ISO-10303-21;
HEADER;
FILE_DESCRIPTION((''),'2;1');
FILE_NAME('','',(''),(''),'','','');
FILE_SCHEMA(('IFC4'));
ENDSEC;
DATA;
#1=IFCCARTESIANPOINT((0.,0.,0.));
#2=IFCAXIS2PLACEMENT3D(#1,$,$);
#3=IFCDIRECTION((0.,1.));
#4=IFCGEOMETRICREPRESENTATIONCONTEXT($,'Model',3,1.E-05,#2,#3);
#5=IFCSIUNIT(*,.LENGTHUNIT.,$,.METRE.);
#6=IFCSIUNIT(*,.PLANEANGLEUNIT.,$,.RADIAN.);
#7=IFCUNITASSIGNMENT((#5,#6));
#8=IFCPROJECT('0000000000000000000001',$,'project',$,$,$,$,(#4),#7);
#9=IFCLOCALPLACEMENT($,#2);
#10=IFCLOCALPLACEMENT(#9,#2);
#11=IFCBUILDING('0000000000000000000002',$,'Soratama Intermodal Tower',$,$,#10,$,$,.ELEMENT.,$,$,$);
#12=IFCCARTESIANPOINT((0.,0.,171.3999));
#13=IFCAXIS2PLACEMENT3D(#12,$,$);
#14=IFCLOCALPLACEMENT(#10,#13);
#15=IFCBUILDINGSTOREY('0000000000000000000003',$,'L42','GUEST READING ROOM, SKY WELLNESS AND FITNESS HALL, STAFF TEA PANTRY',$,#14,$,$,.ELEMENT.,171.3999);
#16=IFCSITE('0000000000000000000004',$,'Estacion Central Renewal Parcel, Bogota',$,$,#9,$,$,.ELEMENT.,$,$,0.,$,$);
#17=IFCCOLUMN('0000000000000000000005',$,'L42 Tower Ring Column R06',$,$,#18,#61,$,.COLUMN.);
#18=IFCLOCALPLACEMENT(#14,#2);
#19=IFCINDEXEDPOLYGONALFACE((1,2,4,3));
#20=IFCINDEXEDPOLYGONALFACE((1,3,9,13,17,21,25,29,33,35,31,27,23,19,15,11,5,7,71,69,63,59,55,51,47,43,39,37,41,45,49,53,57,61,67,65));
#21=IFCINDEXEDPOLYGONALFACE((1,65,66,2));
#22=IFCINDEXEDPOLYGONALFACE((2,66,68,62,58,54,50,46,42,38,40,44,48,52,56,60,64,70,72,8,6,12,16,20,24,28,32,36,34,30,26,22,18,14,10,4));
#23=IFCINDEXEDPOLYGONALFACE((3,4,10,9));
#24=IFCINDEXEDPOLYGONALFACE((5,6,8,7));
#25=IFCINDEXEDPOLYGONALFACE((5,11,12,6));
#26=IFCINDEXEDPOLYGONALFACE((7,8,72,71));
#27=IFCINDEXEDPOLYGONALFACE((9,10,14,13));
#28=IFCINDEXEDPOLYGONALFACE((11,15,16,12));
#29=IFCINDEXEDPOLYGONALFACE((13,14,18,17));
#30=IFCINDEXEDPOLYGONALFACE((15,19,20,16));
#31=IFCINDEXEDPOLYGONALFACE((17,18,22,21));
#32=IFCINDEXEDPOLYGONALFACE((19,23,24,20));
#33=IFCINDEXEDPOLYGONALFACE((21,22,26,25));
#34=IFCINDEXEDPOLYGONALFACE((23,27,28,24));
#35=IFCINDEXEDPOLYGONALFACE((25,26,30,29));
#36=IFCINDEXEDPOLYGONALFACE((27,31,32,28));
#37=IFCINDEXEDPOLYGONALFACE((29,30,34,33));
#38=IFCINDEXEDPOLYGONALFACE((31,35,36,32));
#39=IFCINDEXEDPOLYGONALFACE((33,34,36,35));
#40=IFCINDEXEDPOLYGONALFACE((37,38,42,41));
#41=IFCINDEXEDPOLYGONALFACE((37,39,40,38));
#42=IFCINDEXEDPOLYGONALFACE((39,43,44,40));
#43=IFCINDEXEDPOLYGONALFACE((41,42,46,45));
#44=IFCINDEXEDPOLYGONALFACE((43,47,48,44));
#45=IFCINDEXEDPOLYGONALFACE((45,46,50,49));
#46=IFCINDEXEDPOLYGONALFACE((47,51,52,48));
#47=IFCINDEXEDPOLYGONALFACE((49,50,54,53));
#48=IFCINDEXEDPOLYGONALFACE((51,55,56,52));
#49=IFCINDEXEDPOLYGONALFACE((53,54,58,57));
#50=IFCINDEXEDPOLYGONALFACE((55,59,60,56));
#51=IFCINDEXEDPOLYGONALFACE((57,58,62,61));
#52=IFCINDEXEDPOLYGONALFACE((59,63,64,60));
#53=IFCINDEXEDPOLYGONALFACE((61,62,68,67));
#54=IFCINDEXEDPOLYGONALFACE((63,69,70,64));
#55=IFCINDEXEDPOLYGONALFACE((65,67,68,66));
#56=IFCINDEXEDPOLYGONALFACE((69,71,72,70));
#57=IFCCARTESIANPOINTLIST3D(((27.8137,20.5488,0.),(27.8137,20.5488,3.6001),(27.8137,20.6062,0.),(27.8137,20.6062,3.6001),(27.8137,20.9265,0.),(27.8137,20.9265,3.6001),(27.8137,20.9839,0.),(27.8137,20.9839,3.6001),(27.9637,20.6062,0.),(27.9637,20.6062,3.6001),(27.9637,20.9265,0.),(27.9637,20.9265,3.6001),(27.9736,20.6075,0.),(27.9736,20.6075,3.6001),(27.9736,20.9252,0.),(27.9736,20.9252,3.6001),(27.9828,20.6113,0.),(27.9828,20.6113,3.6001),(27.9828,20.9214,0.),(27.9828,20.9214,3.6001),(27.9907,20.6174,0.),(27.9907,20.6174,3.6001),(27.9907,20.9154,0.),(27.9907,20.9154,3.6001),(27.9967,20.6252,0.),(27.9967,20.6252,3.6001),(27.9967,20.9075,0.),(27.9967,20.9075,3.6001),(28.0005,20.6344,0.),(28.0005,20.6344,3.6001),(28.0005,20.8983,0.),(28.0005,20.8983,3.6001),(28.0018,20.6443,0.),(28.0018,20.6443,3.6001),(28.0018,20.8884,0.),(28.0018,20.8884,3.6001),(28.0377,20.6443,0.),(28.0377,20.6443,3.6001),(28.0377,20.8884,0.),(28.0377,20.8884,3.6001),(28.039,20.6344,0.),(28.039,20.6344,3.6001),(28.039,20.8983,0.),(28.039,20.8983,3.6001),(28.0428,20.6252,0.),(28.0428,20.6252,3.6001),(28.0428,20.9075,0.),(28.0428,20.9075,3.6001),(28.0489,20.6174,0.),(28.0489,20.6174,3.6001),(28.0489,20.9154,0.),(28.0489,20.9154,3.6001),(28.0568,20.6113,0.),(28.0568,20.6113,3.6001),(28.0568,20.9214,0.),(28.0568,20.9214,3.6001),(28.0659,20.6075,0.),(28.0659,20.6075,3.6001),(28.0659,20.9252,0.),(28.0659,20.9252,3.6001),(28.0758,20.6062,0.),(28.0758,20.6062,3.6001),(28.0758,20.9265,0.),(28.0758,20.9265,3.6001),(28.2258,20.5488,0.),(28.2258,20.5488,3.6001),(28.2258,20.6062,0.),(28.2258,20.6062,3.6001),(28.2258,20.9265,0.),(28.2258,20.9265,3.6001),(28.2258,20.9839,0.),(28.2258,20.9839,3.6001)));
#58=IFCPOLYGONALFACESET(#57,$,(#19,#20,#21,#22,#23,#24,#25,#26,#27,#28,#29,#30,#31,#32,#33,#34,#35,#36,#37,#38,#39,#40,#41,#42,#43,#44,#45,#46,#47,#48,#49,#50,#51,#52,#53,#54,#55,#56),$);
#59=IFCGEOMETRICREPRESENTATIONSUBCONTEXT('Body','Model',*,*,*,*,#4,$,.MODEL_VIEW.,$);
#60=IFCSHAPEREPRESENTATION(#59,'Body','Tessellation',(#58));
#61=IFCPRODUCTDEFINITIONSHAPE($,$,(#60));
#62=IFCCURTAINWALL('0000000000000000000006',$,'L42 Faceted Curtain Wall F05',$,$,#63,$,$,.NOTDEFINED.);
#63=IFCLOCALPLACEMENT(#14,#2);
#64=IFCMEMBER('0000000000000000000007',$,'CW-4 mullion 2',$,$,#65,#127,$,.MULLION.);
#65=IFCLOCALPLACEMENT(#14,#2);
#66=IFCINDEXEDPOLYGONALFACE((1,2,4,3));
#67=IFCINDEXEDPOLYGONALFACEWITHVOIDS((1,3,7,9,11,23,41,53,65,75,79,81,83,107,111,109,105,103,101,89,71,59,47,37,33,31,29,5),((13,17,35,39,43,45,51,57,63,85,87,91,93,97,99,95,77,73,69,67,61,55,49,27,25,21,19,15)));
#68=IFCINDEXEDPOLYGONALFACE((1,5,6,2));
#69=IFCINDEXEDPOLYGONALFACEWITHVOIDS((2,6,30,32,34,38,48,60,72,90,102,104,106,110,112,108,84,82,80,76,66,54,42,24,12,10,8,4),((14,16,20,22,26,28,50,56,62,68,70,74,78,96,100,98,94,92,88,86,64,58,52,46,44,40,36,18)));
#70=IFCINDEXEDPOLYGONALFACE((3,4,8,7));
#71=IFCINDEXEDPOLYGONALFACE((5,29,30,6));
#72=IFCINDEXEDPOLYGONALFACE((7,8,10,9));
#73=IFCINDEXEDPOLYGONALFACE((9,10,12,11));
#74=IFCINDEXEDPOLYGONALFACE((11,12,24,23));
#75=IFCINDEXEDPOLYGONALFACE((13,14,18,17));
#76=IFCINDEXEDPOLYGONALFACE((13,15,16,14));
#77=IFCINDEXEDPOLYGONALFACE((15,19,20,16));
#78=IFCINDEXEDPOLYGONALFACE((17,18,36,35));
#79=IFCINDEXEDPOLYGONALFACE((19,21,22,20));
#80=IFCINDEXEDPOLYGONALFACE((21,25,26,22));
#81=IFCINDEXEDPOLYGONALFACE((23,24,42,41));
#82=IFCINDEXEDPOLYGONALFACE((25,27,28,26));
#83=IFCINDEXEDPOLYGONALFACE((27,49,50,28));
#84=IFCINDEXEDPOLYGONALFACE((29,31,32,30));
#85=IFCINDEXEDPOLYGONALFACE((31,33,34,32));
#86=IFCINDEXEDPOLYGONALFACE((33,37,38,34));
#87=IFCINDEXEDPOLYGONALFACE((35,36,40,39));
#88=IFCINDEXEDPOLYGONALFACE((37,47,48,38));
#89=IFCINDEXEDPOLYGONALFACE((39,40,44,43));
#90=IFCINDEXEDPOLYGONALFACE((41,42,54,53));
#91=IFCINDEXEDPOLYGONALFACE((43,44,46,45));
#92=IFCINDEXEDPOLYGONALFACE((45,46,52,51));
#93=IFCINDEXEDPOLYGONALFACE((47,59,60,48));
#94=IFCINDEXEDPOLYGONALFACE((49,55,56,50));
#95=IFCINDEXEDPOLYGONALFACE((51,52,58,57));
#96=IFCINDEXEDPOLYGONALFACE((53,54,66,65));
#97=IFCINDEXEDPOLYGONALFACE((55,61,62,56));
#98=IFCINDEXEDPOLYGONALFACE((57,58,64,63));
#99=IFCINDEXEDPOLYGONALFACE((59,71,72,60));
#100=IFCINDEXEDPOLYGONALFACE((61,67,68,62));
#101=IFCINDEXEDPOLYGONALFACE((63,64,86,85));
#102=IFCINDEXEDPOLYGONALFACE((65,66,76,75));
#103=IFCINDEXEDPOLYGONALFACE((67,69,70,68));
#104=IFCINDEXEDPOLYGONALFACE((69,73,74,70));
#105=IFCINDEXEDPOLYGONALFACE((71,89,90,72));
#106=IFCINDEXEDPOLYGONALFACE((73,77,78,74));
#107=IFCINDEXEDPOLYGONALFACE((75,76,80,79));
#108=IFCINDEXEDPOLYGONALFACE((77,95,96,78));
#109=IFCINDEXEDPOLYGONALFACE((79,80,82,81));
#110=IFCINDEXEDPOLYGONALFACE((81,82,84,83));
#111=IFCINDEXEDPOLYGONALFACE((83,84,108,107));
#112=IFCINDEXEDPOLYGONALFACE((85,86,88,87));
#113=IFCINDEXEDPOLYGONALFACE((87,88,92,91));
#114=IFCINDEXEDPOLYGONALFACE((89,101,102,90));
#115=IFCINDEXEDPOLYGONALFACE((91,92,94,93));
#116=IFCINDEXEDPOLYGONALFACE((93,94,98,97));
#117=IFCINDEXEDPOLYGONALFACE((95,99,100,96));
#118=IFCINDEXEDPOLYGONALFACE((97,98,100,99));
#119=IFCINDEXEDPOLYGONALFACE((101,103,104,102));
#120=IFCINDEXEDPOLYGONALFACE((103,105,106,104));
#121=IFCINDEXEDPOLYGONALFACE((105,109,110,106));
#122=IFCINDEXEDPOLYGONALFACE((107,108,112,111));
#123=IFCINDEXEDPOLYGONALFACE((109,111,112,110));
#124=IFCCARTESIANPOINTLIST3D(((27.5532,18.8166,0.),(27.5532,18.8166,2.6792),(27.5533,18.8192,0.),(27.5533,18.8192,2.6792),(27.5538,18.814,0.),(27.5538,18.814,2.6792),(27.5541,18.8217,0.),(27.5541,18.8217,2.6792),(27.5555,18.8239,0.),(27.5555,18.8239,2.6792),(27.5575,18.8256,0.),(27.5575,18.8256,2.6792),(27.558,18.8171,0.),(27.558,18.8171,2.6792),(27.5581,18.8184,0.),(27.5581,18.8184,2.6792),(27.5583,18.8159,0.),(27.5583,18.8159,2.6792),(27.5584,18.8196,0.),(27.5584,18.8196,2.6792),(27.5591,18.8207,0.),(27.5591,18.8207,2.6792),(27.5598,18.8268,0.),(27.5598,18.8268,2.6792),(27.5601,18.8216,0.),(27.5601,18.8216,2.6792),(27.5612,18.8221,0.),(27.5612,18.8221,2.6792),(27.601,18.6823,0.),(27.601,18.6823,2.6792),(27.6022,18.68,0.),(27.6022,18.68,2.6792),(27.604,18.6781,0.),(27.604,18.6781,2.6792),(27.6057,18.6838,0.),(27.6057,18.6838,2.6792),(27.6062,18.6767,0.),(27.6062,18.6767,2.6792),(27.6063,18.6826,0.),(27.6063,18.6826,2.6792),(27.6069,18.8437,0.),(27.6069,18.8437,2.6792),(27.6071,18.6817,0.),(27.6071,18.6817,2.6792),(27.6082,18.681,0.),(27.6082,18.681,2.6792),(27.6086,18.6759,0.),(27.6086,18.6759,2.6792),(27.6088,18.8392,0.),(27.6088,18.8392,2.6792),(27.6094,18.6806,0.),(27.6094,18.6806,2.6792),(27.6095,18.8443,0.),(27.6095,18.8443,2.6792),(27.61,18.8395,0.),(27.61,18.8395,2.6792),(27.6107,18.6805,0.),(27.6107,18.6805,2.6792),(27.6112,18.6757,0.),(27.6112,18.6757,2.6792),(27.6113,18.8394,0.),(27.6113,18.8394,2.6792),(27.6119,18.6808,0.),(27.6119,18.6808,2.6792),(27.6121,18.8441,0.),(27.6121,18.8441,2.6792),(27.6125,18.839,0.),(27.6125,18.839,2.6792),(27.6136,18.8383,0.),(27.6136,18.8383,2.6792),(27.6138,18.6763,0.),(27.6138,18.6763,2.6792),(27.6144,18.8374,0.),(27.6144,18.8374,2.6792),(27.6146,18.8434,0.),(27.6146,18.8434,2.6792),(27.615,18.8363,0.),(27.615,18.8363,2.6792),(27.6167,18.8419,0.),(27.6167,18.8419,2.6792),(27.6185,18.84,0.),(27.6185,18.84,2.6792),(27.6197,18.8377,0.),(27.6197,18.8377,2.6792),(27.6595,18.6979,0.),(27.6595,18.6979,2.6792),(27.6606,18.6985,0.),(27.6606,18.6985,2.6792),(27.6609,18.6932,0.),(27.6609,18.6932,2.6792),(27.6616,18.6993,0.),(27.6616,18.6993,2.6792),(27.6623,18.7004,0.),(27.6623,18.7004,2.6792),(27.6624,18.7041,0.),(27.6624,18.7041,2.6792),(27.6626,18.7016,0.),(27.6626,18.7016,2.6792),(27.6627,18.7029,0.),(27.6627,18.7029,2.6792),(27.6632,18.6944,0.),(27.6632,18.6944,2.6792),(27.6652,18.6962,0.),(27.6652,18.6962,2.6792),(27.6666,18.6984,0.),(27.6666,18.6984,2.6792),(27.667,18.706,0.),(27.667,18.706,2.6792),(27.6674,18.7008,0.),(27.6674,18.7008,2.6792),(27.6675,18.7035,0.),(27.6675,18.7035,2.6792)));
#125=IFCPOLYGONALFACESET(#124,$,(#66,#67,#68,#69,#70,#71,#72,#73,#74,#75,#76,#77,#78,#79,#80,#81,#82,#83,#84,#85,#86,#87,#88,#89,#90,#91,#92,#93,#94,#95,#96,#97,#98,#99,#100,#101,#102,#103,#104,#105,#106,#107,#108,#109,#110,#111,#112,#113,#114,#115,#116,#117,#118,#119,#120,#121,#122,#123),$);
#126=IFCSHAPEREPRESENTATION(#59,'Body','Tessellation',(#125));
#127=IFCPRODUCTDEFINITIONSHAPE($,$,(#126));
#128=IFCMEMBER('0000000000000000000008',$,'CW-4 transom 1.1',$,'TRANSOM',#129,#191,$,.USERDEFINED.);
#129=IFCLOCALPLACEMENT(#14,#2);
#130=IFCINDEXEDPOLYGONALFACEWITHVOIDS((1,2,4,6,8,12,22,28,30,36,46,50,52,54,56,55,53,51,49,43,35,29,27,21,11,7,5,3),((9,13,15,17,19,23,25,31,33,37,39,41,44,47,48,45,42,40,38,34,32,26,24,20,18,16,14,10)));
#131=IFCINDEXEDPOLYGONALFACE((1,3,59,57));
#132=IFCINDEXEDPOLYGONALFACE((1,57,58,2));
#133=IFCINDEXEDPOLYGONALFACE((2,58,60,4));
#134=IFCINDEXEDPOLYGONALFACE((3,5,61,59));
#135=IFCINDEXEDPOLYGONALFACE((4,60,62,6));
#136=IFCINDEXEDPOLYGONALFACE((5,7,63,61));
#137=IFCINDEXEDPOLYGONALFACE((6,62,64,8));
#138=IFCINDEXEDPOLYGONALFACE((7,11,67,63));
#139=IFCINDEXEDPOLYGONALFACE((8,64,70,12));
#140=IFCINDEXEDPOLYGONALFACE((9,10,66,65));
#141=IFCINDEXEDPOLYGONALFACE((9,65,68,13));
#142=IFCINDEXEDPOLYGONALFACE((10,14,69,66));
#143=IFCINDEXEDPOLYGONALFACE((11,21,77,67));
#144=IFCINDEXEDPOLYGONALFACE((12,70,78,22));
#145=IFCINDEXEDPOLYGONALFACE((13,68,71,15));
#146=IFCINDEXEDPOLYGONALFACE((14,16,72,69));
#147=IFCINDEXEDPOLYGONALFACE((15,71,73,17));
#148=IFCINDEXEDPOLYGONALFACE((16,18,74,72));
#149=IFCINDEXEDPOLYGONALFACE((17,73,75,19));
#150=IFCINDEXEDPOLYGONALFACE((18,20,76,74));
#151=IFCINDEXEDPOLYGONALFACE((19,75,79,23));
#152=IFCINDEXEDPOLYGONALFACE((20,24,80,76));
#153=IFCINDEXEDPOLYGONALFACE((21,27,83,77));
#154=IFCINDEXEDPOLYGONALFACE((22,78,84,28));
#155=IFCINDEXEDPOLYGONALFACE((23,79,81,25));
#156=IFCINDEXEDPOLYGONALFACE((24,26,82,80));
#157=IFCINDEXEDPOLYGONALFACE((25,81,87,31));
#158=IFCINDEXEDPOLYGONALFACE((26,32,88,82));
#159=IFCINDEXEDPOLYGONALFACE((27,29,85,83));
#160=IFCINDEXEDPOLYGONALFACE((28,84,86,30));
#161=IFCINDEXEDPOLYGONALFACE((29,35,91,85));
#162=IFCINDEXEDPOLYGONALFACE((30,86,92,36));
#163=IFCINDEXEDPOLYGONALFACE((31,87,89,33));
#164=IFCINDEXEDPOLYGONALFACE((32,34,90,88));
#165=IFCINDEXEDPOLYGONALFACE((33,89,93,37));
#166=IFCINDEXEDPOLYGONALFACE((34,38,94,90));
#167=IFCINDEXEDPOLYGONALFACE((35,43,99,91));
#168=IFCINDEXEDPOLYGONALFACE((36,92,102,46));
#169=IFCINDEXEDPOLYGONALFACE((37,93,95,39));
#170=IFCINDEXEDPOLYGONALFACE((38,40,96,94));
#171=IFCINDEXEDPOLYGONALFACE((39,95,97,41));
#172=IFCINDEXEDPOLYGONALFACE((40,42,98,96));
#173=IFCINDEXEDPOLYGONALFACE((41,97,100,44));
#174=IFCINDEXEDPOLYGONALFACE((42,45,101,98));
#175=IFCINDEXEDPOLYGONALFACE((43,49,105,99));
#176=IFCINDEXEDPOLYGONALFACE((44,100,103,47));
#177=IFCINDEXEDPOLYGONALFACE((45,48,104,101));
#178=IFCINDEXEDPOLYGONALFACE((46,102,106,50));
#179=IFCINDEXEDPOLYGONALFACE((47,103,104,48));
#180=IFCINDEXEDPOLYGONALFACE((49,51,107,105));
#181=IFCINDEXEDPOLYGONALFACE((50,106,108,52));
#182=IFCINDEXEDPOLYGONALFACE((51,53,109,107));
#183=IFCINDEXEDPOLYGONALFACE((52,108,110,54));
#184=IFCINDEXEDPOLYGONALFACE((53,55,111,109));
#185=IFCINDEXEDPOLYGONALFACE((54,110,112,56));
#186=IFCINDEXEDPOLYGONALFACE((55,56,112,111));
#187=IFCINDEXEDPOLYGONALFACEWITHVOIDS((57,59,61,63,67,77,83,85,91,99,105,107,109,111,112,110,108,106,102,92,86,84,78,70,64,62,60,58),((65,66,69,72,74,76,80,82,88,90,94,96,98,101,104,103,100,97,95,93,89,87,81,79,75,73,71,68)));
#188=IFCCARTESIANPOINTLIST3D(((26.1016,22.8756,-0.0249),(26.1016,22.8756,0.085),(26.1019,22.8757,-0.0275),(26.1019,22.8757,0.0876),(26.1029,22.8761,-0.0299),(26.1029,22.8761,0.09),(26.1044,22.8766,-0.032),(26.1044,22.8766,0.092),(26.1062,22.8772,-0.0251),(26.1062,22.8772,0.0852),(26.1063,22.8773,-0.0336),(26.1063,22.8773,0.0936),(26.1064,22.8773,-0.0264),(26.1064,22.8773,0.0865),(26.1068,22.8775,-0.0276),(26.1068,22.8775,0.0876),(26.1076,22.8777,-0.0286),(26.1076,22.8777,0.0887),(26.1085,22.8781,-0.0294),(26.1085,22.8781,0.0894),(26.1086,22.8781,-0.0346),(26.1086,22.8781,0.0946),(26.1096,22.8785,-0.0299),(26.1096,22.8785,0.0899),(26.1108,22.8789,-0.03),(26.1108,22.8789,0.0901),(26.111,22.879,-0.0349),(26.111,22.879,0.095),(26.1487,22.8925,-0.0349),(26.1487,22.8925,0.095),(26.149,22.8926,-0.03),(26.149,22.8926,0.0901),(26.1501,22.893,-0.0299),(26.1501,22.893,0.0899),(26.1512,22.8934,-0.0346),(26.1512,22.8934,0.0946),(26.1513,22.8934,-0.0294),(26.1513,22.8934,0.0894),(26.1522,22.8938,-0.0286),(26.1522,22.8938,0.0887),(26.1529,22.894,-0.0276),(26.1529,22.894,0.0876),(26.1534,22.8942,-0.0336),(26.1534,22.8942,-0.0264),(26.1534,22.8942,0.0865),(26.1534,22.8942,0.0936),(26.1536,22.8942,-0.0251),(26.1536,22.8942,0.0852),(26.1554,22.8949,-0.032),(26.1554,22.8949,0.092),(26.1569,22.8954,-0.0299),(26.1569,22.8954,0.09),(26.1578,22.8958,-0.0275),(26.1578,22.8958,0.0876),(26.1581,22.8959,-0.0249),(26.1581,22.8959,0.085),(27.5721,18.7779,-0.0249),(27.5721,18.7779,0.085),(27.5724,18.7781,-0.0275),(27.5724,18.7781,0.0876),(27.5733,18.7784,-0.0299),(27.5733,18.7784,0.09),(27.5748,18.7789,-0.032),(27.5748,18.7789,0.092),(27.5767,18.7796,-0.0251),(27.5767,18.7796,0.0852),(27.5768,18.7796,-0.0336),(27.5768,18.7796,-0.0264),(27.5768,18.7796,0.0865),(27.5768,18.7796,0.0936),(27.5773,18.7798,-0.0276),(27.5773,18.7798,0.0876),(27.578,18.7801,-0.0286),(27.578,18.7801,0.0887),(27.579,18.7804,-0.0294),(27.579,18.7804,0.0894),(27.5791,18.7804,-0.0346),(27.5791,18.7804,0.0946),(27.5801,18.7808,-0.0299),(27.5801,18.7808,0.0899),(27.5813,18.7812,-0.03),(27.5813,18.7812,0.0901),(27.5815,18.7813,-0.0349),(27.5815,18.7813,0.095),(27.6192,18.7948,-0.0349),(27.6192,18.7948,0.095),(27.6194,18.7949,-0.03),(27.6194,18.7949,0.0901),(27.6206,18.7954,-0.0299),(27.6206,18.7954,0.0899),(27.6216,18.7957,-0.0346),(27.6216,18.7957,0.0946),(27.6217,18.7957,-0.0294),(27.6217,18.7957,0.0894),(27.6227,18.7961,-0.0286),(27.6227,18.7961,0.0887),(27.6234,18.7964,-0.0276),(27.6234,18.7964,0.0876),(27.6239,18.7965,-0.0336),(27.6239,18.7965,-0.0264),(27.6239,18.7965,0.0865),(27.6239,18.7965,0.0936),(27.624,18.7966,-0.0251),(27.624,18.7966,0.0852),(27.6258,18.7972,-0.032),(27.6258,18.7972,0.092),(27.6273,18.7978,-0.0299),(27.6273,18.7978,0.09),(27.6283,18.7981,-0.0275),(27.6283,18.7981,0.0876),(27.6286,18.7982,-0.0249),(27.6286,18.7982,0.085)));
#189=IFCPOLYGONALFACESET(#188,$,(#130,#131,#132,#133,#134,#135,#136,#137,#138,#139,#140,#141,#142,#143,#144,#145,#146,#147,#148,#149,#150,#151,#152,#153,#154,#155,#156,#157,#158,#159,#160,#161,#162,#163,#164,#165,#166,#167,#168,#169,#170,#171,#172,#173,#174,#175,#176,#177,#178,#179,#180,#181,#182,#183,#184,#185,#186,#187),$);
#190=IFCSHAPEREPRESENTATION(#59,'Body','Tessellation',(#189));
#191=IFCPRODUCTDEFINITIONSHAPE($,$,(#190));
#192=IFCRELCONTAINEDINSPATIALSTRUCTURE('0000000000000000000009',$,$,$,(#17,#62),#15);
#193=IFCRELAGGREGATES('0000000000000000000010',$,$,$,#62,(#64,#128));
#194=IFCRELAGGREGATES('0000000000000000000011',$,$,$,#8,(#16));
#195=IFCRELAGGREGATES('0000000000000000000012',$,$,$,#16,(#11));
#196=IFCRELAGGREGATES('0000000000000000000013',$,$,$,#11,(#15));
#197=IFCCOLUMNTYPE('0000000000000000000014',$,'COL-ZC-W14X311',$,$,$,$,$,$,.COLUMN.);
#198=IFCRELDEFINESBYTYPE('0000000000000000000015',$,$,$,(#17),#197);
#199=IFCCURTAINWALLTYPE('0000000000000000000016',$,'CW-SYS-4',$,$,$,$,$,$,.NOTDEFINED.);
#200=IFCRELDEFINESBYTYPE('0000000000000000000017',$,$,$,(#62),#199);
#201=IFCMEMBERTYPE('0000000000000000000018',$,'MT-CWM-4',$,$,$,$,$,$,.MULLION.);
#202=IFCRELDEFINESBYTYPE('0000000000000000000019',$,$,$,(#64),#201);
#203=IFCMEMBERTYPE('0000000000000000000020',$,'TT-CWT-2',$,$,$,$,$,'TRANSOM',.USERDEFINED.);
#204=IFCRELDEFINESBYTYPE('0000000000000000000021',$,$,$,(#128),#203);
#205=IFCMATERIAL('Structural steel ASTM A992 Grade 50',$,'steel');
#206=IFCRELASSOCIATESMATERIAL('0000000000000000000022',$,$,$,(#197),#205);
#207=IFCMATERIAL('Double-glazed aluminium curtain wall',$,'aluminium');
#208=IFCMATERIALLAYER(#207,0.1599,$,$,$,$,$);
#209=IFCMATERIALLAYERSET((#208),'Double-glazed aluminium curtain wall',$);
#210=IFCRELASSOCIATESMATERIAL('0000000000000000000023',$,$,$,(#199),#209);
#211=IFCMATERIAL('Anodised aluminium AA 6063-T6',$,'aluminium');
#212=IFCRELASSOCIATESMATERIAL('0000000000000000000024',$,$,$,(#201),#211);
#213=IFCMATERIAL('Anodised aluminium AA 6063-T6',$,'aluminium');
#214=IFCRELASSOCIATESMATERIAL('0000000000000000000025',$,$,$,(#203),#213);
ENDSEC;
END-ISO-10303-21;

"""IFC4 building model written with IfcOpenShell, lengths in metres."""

from ifc_helpers import new_model, si_unit, direction, frame, origin, origin_2d, place, context, subcontext, project, spatial, hollow_rectangle, i_section, extrude, material, layer, layer_set, material_profile, profile_set, type_object, element, aggregate, save


model = new_model("IFC4")

# Units and contexts
model_context = context("Model", 3, precision=1e-05, world=origin(), true_north=direction((0.0, 1.0)))
body_context = subcontext(model_context, "Body", "Model", "MODEL_VIEW")
ifc_project = project(units=[si_unit("LENGTHUNIT", "METRE"), si_unit("PLANEANGLEUNIT", "RADIAN")], contexts=[model_context])

# Site, building, storey
site_placement = place(None, origin())
site = spatial("IfcSite", under=ifc_project, at=site_placement, Name="Estacion Central Renewal Parcel, Bogota", CompositionType="ELEMENT", RefElevation=0.0)
building_placement = place(site_placement, origin())
building = spatial("IfcBuilding", under=site, at=building_placement, Name="Soratama Intermodal Tower", CompositionType="ELEMENT")
storey_placement = place(building_placement, frame((0.0, 0.0, 171.3999)))
storey = spatial("IfcBuildingStorey", under=building, at=storey_placement, Name="L42", Description="GUEST READING ROOM, SKY WELLNESS AND FITNESS HALL, STAFF TEA PANTRY", CompositionType="ELEMENT", Elevation=171.3999)

# Column
ifc_material_1 = material(Name="Structural steel ASTM A992 Grade 50", Category="steel")
ifc_material_profile_1 = material_profile(ifc_material_1, i_section(OverallWidth=0.4121, OverallDepth=0.4351, WebThickness=0.0359, FlangeThickness=0.0574, FilletRadius=0.0381, at=origin_2d()), Name="W14X311")
ifc_profile_set_1 = profile_set([ifc_material_profile_1], Name="Structural steel ASTM A992 Grade 50")
column_type = type_object("IfcColumnType", Name="COL-ZC-W14X311", PredefinedType="COLUMN", material=ifc_profile_set_1)
column_placement = place(storey_placement, frame((28.0198, 20.7664, 0.0), z_axis=(0.0, 0.0, 1.0), x_axis=(1.0, 0.0, 0.0)))
element("IfcColumn", 1, at=column_placement, inside=storey, type_object=column_type, Name="L42 Tower Ring Column R06", PredefinedType="COLUMN", context=body_context, shape_type="SweptSolid", body=[
    extrude(i_section(OverallWidth=0.4121, OverallDepth=0.4351, WebThickness=0.0359, FlangeThickness=0.0574, FilletRadius=0.0381, at=origin_2d()), origin(), (0.0, 0.0, 1.0), 3.6001),
])

# Curtain wall, members
ifc_material_2 = material(Name="Double-glazed aluminium curtain wall", Category="aluminium")
ifc_layer_1 = layer(ifc_material_2, 0.1599)
ifc_layer_set_1 = layer_set([ifc_layer_1], Name="Double-glazed aluminium curtain wall")
curtain_wall_type = type_object("IfcCurtainWallType", Name="CW-SYS-4", PredefinedType="NOTDEFINED", material=ifc_layer_set_1)
curtain_wall_placement = place(storey_placement, origin())
curtain_wall = element("IfcCurtainWall", 2, at=curtain_wall_placement, inside=storey, type_object=curtain_wall_type, Name="L42 Faceted Curtain Wall F05", PredefinedType="NOTDEFINED")
ifc_material_3 = material(Name="Anodised aluminium AA 6063-T6", Category="aluminium")
ifc_material_profile_2 = material_profile(ifc_material_3, hollow_rectangle(XDim=0.0701, YDim=0.1599, WallThickness=0.0049, InnerFilletRadius=0.0049, OuterFilletRadius=0.01, at=origin_2d()), Name="CWM160X70X5")
ifc_profile_set_2 = profile_set([ifc_material_profile_2], Name="Anodised aluminium AA 6063-T6")
member_type_1 = type_object("IfcMemberType", Name="MT-CWM-4", PredefinedType="MULLION", material=ifc_profile_set_2)
member_1_placement = place(storey_placement, frame((27.6104, 18.76, 0.0), z_axis=(0.0, 0.0, 1.0), x_axis=(0.941235, 0.337751, 0.0)))
member_1 = element("IfcMember", 3, at=member_1_placement, type_object=member_type_1, Name="CW-4 mullion 2", PredefinedType="MULLION", context=body_context, shape_type="SweptSolid", body=[
    extrude(hollow_rectangle(XDim=0.0701, YDim=0.1599, WallThickness=0.0049, InnerFilletRadius=0.0049, OuterFilletRadius=0.01, at=origin_2d()), origin(), (0.0, 0.0, 1.0), 2.6792),
])
ifc_material_4 = material(Name="Anodised aluminium AA 6063-T6", Category="aluminium")
ifc_material_profile_3 = material_profile(ifc_material_4, hollow_rectangle(XDim=0.0601, YDim=0.1299, WallThickness=0.0049, InnerFilletRadius=0.0049, OuterFilletRadius=0.01, at=origin_2d()), Name="CWT130X60X5")
ifc_profile_set_3 = profile_set([ifc_material_profile_3], Name="Anodised aluminium AA 6063-T6")
member_type_2 = type_object("IfcMemberType", Name="TT-CWT-2", ElementType="TRANSOM", PredefinedType="USERDEFINED", material=ifc_profile_set_3)
member_2_placement = place(storey_placement, frame((26.1299, 22.8857, 0.03), z_axis=(0.337764, -0.941231, 0.0), x_axis=(0.941231, 0.337764, 0.0)))
member_2 = element("IfcMember", 4, at=member_2_placement, type_object=member_type_2, Name="CW-4 transom 1.1", ObjectType="TRANSOM", PredefinedType="USERDEFINED", context=body_context, shape_type="SweptSolid", body=[
    extrude(hollow_rectangle(XDim=0.0601, YDim=0.1299, WallThickness=0.0049, InnerFilletRadius=0.0049, OuterFilletRadius=0.01, at=origin_2d()), origin(), (0.0, 0.0, 1.0), 4.3535),
])
aggregate(curtain_wall, [member_1, member_2])

save(model, "model.ifc")
